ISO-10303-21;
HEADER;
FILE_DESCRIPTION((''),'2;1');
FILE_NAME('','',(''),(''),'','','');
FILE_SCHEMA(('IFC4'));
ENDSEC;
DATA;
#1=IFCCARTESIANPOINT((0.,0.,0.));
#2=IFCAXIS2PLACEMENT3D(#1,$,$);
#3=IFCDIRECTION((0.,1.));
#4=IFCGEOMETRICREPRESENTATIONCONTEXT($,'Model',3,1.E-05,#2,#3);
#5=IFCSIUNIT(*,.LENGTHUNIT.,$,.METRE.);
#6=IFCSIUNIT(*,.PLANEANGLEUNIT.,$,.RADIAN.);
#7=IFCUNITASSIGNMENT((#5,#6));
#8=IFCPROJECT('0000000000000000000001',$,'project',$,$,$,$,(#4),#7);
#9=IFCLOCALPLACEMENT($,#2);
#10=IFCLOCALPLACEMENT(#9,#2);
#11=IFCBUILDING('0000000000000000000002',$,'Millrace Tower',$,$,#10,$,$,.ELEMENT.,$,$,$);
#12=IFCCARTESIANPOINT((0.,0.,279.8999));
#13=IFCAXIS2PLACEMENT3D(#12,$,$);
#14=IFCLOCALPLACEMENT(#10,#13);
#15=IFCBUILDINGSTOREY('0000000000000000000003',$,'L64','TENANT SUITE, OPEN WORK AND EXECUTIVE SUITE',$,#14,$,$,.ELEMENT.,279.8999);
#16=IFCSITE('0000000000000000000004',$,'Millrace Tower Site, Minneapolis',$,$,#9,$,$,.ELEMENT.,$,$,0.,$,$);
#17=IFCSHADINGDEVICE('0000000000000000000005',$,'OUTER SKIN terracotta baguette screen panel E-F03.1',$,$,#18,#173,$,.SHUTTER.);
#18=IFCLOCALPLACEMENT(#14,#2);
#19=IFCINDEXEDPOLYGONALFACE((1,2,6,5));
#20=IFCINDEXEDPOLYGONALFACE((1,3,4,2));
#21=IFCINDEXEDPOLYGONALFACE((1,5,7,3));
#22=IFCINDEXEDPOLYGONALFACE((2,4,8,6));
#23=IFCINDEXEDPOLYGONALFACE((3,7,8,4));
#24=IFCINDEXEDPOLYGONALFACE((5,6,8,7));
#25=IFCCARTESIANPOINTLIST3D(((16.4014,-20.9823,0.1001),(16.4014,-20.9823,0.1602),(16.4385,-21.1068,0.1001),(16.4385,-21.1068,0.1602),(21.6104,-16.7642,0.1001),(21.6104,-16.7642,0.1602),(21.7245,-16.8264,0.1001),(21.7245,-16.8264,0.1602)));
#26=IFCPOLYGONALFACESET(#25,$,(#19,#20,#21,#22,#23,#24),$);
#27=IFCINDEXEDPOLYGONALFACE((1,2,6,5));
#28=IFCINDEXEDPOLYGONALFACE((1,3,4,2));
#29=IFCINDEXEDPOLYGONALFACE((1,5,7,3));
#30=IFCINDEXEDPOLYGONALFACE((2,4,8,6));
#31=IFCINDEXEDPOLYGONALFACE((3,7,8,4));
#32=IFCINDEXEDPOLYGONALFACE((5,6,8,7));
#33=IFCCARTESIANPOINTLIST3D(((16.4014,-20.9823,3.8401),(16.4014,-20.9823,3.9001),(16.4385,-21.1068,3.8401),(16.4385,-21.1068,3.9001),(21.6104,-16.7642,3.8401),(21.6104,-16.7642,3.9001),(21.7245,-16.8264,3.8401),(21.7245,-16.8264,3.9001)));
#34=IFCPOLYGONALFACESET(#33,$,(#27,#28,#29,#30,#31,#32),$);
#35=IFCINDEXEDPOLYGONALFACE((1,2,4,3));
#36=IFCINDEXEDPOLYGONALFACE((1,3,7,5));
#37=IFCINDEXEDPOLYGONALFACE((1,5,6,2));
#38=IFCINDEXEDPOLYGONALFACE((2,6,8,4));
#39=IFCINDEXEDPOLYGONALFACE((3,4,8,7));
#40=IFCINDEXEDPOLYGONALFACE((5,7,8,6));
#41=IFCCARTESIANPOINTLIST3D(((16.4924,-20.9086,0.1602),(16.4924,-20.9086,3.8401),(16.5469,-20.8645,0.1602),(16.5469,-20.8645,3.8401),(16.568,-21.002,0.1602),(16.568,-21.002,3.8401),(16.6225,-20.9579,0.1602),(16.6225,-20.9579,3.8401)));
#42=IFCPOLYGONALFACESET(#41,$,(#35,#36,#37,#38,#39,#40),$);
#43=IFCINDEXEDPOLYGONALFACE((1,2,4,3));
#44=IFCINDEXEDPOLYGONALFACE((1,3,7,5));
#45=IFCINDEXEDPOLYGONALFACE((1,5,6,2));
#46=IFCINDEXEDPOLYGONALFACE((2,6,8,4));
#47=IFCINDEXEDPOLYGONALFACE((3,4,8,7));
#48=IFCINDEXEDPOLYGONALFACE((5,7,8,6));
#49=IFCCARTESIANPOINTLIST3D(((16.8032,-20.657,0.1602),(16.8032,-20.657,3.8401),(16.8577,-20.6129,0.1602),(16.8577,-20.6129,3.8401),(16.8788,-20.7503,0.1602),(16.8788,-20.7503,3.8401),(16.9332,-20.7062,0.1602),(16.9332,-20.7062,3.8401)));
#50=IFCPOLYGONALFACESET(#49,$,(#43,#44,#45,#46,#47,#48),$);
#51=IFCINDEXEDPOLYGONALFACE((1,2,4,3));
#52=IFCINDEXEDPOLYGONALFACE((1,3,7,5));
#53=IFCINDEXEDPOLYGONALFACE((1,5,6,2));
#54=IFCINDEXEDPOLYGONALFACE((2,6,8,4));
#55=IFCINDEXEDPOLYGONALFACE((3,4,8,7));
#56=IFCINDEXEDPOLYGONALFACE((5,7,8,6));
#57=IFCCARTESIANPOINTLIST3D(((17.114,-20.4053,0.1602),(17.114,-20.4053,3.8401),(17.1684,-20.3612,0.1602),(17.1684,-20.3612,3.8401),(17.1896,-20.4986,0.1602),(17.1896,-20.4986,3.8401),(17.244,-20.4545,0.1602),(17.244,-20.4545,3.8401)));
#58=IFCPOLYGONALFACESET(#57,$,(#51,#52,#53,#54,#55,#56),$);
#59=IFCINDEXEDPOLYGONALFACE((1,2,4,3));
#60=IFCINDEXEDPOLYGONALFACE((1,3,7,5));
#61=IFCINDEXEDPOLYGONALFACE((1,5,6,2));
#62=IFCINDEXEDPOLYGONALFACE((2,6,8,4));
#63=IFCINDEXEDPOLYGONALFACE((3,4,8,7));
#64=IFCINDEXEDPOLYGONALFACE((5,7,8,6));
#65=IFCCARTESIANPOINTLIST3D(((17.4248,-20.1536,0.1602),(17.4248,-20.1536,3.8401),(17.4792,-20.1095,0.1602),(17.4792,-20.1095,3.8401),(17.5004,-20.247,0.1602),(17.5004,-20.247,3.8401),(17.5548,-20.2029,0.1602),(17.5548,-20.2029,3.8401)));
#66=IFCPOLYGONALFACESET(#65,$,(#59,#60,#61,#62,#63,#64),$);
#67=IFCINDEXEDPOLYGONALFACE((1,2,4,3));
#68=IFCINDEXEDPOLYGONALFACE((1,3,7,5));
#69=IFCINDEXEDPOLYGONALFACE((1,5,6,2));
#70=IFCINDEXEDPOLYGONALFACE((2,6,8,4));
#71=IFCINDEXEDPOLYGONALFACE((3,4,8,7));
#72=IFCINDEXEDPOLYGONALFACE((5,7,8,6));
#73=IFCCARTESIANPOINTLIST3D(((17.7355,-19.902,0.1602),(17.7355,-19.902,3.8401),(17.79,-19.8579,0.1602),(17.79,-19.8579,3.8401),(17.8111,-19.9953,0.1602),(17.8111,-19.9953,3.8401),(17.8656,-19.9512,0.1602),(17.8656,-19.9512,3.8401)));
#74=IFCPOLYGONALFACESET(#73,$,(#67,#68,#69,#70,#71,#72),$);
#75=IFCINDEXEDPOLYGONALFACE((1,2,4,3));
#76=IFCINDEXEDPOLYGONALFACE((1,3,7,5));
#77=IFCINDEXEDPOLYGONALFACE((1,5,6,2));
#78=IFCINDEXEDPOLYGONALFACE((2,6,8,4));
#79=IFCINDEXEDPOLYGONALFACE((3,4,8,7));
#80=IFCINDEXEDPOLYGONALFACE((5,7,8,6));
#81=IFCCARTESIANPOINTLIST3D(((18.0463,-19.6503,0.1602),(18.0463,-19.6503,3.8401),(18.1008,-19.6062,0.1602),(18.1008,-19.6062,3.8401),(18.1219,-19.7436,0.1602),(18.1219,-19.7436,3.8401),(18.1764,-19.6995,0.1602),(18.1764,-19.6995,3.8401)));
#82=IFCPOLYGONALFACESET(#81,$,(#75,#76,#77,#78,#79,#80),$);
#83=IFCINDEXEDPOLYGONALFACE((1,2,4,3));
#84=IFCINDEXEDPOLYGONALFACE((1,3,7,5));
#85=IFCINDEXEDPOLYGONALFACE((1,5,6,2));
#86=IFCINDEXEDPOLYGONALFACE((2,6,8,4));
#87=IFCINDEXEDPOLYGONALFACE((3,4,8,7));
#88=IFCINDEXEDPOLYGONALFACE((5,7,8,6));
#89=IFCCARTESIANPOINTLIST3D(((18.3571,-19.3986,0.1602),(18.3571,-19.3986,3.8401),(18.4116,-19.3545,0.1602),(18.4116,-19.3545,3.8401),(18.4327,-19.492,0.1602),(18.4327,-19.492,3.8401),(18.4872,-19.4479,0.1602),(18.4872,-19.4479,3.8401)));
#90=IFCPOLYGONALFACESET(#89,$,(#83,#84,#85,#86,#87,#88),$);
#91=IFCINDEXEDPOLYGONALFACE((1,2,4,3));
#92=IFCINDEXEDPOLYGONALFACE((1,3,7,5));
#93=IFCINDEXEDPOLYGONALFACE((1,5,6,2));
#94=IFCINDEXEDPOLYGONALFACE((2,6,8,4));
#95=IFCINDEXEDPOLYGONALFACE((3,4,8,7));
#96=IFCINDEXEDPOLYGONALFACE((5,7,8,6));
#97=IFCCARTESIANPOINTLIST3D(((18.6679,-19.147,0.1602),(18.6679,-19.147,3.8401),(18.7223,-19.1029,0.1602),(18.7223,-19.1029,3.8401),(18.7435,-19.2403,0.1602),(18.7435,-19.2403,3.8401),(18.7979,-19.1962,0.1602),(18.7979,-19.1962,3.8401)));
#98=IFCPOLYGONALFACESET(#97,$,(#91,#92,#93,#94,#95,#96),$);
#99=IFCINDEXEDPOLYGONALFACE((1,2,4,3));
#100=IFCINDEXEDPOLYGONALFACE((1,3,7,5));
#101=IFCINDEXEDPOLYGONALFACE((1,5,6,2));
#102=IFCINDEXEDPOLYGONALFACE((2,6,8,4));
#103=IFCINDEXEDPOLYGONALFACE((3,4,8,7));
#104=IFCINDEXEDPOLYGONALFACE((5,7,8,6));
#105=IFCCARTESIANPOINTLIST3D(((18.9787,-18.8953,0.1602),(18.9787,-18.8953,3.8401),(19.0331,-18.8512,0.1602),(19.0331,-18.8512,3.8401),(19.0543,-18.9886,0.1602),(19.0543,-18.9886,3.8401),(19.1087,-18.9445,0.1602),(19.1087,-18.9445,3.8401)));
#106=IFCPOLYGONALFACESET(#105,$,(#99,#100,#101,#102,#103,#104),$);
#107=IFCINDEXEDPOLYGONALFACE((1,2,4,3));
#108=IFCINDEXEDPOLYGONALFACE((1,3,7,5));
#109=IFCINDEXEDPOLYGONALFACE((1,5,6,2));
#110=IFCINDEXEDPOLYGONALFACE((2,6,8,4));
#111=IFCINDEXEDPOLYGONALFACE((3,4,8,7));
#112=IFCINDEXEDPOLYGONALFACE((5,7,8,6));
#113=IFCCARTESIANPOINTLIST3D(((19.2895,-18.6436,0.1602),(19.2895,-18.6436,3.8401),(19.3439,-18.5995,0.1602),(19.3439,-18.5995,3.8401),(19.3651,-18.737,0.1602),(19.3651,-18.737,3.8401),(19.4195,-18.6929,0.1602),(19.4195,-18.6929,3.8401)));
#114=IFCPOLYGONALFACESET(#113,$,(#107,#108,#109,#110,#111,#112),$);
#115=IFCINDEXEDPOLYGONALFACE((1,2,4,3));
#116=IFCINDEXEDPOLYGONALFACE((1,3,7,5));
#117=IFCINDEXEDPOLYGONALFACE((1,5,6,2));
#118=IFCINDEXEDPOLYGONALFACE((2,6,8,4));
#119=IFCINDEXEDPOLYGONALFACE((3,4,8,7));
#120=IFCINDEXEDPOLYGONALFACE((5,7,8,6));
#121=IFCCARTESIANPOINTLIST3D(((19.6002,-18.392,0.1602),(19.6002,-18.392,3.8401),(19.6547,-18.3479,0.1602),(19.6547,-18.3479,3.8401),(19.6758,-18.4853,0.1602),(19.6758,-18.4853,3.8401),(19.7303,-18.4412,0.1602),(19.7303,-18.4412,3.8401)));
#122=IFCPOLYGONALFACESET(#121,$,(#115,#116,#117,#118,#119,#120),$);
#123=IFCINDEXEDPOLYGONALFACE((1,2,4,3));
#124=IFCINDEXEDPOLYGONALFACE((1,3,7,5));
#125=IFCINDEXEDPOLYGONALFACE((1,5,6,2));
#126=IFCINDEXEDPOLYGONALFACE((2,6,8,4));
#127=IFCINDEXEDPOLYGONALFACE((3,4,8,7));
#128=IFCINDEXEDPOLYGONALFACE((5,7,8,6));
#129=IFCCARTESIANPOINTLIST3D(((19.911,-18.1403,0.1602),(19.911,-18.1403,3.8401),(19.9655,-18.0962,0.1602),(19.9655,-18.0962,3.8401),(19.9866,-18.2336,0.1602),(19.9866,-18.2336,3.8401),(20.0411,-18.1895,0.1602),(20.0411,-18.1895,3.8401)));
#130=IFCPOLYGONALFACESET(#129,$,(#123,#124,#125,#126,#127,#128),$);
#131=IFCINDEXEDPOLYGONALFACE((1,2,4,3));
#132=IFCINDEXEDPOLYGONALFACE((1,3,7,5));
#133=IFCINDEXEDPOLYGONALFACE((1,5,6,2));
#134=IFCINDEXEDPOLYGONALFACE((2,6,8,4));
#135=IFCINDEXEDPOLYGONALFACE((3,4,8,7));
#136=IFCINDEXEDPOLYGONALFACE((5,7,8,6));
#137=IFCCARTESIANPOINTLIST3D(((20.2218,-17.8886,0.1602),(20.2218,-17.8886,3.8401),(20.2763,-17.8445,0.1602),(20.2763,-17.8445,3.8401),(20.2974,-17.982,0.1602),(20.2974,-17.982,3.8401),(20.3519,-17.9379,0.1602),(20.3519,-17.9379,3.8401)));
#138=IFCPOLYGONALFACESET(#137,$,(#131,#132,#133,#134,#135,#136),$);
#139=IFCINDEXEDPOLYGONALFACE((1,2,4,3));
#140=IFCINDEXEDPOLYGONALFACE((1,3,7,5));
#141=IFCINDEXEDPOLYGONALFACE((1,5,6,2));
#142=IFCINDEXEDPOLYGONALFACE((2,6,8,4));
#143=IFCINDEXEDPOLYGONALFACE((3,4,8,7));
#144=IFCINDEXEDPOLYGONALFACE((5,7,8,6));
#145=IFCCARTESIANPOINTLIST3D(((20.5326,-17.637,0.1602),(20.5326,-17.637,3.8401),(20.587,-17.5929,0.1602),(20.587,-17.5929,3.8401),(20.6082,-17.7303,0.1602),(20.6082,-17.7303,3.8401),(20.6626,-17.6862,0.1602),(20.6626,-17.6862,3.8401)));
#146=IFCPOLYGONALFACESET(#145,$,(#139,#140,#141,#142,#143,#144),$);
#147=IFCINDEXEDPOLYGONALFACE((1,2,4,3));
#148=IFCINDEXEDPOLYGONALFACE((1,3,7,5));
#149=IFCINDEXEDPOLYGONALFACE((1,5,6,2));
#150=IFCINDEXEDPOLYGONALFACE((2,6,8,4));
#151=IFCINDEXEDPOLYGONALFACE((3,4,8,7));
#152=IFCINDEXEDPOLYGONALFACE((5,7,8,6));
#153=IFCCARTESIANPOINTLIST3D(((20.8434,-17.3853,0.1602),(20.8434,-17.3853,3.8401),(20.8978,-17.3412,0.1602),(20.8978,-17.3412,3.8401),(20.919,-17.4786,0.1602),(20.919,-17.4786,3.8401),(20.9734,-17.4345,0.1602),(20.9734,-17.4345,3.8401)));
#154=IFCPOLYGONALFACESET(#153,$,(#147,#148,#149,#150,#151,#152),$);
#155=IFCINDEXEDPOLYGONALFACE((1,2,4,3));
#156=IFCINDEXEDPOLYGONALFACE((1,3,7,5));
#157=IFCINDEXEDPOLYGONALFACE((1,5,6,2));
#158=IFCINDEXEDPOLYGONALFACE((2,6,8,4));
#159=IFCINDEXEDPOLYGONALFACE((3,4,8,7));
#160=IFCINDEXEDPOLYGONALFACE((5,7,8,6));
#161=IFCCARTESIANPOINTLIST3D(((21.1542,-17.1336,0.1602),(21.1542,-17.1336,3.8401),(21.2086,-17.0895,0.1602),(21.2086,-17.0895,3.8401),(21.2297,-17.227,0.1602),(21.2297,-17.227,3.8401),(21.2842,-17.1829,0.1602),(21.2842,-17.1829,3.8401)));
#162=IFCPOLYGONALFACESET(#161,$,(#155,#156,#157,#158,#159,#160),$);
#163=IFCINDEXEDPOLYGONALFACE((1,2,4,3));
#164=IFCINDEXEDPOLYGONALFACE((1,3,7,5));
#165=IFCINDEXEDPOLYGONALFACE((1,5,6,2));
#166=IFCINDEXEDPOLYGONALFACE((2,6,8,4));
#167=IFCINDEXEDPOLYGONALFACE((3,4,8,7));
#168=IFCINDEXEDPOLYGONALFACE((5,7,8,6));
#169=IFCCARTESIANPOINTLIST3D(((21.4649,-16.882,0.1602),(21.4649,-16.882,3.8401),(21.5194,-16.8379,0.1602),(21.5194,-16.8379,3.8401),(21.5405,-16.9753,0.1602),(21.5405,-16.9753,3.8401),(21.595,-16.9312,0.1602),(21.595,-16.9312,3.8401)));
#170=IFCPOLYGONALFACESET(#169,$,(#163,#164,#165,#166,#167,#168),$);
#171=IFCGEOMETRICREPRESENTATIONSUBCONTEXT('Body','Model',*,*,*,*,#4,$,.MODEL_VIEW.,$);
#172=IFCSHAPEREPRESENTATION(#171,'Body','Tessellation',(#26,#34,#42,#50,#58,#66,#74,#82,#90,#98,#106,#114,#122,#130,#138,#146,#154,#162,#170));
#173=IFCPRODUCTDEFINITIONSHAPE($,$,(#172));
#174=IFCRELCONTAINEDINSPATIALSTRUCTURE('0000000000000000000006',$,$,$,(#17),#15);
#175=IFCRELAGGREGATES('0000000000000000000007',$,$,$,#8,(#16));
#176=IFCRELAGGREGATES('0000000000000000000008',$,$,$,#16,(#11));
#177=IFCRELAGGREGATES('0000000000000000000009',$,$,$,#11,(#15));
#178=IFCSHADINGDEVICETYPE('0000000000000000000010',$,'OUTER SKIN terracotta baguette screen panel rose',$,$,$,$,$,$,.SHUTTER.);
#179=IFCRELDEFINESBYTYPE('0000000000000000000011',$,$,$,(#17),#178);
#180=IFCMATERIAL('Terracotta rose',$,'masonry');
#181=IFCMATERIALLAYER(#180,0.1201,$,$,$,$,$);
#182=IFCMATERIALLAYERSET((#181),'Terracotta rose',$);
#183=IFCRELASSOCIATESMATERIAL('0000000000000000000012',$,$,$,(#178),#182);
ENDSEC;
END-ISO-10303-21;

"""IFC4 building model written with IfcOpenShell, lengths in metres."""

from ifc_helpers import new_model, entity, si_unit, direction, frame, frame_2d, origin, origin_2d, place, context, subcontext, project, spatial, rectangle, extrude, source, transform, mapped, material, layer, layer_set, type_object, element, save


model = new_model("IFC4")

# Units and contexts
model_context = context("Model", 3, precision=1e-05, world=origin(), true_north=direction((0.0, 1.0)))
body_context = subcontext(model_context, "Body", "Model", "MODEL_VIEW")
ifc_project = project(units=[si_unit("LENGTHUNIT", "METRE"), si_unit("PLANEANGLEUNIT", "RADIAN")], contexts=[model_context])

# Site, building, storey
site_placement = place(None, origin())
site = spatial("IfcSite", under=ifc_project, at=site_placement, Name="Millrace Tower Site, Minneapolis", CompositionType="ELEMENT", RefElevation=0.0)
building_placement = place(site_placement, origin())
building = spatial("IfcBuilding", under=site, at=building_placement, Name="Millrace Tower", CompositionType="ELEMENT")
storey_placement = place(building_placement, frame((0.0, 0.0, 279.8999)))
storey = spatial("IfcBuildingStorey", under=building, at=storey_placement, Name="L64", Description="TENANT SUITE, OPEN WORK AND EXECUTIVE SUITE", CompositionType="ELEMENT", Elevation=279.8999)

# Shading device
ifc_material_1 = material(Name="Terracotta rose", Category="masonry")
ifc_layer_1 = layer(ifc_material_1, 0.1201)
ifc_layer_set_1 = layer_set([ifc_layer_1], Name="Terracotta rose")
shading_device_type = type_object("IfcShadingDeviceType", Name="OUTER SKIN terracotta baguette screen panel rose", PredefinedType="SHUTTER", material=ifc_layer_set_1)
cartesian_point_1 = entity("IfcCartesianPoint", [-3.3513, 0.0601])
shared_polyline_1 = entity("IfcPolyline", [cartesian_point_1, entity("IfcCartesianPoint", [3.3513, 0.0601]), entity("IfcCartesianPoint", [3.4009, -0.0601]), entity("IfcCartesianPoint", [-3.4009, -0.0601]), cartesian_point_1])
shared_shape_1 = source(origin(), body_context, "Body", "SweptSolid", [
    entity("IfcExtrudedAreaSolid", entity("IfcArbitraryClosedProfileDef", "AREA", None, shared_polyline_1), entity("IfcAxis2Placement3D", entity("IfcCartesianPoint", [0.0, 0.0, 0.0])), entity("IfcDirection", [0.0, 0.0, 1.0]), 0.0601),
    entity("IfcExtrudedAreaSolid", entity("IfcArbitraryClosedProfileDef", "AREA", None, shared_polyline_1), entity("IfcAxis2Placement3D", entity("IfcCartesianPoint", [0.0, 0.0, 3.74])), entity("IfcDirection", [0.0, 0.0, 1.0]), 0.0601),
    extrude(rectangle(XDim=0.0701, YDim=0.1201, at=frame_2d((-3.1992, 0.0))), frame((0.0, 0.0, 0.0601)), (0.0, 0.0, 1.0), 3.6799),
    extrude(rectangle(XDim=0.0701, YDim=0.1201, at=frame_2d((-2.7993, 0.0))), frame((0.0, 0.0, 0.0601)), (0.0, 0.0, 1.0), 3.6799),
    extrude(rectangle(XDim=0.0701, YDim=0.1201, at=frame_2d((-2.3994, 0.0))), frame((0.0, 0.0, 0.0601)), (0.0, 0.0, 1.0), 3.6799),
    extrude(rectangle(XDim=0.0701, YDim=0.1201, at=frame_2d((-1.9995, 0.0))), frame((0.0, 0.0, 0.0601)), (0.0, 0.0, 1.0), 3.6799),
    extrude(rectangle(XDim=0.0701, YDim=0.1201, at=frame_2d((-1.5996, 0.0))), frame((0.0, 0.0, 0.0601)), (0.0, 0.0, 1.0), 3.6799),
    extrude(rectangle(XDim=0.0701, YDim=0.1201, at=frame_2d((-1.1997, 0.0))), frame((0.0, 0.0, 0.0601)), (0.0, 0.0, 1.0), 3.6799),
    extrude(rectangle(XDim=0.0701, YDim=0.1201, at=frame_2d((-0.7998, 0.0))), frame((0.0, 0.0, 0.0601)), (0.0, 0.0, 1.0), 3.6799),
    extrude(rectangle(XDim=0.0701, YDim=0.1201, at=frame_2d((-0.3999, 0.0))), frame((0.0, 0.0, 0.0601)), (0.0, 0.0, 1.0), 3.6799),
    extrude(rectangle(XDim=0.0701, YDim=0.1201, at=origin_2d()), frame((0.0, 0.0, 0.0601)), (0.0, 0.0, 1.0), 3.6799),
    extrude(rectangle(XDim=0.0701, YDim=0.1201, at=frame_2d((0.3999, 0.0))), frame((0.0, 0.0, 0.0601)), (0.0, 0.0, 1.0), 3.6799),
    extrude(rectangle(XDim=0.0701, YDim=0.1201, at=frame_2d((0.7998, 0.0))), frame((0.0, 0.0, 0.0601)), (0.0, 0.0, 1.0), 3.6799),
    extrude(rectangle(XDim=0.0701, YDim=0.1201, at=frame_2d((1.1997, 0.0))), frame((0.0, 0.0, 0.0601)), (0.0, 0.0, 1.0), 3.6799),
    extrude(rectangle(XDim=0.0701, YDim=0.1201, at=frame_2d((1.5996, 0.0))), frame((0.0, 0.0, 0.0601)), (0.0, 0.0, 1.0), 3.6799),
    extrude(rectangle(XDim=0.0701, YDim=0.1201, at=frame_2d((1.9995, 0.0))), frame((0.0, 0.0, 0.0601)), (0.0, 0.0, 1.0), 3.6799),
    extrude(rectangle(XDim=0.0701, YDim=0.1201, at=frame_2d((2.3994, 0.0))), frame((0.0, 0.0, 0.0601)), (0.0, 0.0, 1.0), 3.6799),
    extrude(rectangle(XDim=0.0701, YDim=0.1201, at=frame_2d((2.7993, 0.0))), frame((0.0, 0.0, 0.0601)), (0.0, 0.0, 1.0), 3.6799),
    extrude(rectangle(XDim=0.0701, YDim=0.1201, at=frame_2d((3.1992, 0.0))), frame((0.0, 0.0, 0.0601)), (0.0, 0.0, 1.0), 3.6799),
])
shading_device_1_placement = place(storey_placement, frame((19.0437, -18.9199, 0.1001), z_axis=(0.0, 0.0, 1.0), x_axis=(0.777146, 0.62932, 0.0)))
element("IfcShadingDevice", 1, at=shading_device_1_placement, inside=storey, type_object=shading_device_type, Name="OUTER SKIN terracotta baguette screen panel E-F03.1", PredefinedType="SHUTTER", context=body_context, shape_type="MappedRepresentation", body=[
    mapped(shared_shape_1, transform((0.0, 0.0, 0.0), scale=1.0)),
])

save(model, "model.ifc")
